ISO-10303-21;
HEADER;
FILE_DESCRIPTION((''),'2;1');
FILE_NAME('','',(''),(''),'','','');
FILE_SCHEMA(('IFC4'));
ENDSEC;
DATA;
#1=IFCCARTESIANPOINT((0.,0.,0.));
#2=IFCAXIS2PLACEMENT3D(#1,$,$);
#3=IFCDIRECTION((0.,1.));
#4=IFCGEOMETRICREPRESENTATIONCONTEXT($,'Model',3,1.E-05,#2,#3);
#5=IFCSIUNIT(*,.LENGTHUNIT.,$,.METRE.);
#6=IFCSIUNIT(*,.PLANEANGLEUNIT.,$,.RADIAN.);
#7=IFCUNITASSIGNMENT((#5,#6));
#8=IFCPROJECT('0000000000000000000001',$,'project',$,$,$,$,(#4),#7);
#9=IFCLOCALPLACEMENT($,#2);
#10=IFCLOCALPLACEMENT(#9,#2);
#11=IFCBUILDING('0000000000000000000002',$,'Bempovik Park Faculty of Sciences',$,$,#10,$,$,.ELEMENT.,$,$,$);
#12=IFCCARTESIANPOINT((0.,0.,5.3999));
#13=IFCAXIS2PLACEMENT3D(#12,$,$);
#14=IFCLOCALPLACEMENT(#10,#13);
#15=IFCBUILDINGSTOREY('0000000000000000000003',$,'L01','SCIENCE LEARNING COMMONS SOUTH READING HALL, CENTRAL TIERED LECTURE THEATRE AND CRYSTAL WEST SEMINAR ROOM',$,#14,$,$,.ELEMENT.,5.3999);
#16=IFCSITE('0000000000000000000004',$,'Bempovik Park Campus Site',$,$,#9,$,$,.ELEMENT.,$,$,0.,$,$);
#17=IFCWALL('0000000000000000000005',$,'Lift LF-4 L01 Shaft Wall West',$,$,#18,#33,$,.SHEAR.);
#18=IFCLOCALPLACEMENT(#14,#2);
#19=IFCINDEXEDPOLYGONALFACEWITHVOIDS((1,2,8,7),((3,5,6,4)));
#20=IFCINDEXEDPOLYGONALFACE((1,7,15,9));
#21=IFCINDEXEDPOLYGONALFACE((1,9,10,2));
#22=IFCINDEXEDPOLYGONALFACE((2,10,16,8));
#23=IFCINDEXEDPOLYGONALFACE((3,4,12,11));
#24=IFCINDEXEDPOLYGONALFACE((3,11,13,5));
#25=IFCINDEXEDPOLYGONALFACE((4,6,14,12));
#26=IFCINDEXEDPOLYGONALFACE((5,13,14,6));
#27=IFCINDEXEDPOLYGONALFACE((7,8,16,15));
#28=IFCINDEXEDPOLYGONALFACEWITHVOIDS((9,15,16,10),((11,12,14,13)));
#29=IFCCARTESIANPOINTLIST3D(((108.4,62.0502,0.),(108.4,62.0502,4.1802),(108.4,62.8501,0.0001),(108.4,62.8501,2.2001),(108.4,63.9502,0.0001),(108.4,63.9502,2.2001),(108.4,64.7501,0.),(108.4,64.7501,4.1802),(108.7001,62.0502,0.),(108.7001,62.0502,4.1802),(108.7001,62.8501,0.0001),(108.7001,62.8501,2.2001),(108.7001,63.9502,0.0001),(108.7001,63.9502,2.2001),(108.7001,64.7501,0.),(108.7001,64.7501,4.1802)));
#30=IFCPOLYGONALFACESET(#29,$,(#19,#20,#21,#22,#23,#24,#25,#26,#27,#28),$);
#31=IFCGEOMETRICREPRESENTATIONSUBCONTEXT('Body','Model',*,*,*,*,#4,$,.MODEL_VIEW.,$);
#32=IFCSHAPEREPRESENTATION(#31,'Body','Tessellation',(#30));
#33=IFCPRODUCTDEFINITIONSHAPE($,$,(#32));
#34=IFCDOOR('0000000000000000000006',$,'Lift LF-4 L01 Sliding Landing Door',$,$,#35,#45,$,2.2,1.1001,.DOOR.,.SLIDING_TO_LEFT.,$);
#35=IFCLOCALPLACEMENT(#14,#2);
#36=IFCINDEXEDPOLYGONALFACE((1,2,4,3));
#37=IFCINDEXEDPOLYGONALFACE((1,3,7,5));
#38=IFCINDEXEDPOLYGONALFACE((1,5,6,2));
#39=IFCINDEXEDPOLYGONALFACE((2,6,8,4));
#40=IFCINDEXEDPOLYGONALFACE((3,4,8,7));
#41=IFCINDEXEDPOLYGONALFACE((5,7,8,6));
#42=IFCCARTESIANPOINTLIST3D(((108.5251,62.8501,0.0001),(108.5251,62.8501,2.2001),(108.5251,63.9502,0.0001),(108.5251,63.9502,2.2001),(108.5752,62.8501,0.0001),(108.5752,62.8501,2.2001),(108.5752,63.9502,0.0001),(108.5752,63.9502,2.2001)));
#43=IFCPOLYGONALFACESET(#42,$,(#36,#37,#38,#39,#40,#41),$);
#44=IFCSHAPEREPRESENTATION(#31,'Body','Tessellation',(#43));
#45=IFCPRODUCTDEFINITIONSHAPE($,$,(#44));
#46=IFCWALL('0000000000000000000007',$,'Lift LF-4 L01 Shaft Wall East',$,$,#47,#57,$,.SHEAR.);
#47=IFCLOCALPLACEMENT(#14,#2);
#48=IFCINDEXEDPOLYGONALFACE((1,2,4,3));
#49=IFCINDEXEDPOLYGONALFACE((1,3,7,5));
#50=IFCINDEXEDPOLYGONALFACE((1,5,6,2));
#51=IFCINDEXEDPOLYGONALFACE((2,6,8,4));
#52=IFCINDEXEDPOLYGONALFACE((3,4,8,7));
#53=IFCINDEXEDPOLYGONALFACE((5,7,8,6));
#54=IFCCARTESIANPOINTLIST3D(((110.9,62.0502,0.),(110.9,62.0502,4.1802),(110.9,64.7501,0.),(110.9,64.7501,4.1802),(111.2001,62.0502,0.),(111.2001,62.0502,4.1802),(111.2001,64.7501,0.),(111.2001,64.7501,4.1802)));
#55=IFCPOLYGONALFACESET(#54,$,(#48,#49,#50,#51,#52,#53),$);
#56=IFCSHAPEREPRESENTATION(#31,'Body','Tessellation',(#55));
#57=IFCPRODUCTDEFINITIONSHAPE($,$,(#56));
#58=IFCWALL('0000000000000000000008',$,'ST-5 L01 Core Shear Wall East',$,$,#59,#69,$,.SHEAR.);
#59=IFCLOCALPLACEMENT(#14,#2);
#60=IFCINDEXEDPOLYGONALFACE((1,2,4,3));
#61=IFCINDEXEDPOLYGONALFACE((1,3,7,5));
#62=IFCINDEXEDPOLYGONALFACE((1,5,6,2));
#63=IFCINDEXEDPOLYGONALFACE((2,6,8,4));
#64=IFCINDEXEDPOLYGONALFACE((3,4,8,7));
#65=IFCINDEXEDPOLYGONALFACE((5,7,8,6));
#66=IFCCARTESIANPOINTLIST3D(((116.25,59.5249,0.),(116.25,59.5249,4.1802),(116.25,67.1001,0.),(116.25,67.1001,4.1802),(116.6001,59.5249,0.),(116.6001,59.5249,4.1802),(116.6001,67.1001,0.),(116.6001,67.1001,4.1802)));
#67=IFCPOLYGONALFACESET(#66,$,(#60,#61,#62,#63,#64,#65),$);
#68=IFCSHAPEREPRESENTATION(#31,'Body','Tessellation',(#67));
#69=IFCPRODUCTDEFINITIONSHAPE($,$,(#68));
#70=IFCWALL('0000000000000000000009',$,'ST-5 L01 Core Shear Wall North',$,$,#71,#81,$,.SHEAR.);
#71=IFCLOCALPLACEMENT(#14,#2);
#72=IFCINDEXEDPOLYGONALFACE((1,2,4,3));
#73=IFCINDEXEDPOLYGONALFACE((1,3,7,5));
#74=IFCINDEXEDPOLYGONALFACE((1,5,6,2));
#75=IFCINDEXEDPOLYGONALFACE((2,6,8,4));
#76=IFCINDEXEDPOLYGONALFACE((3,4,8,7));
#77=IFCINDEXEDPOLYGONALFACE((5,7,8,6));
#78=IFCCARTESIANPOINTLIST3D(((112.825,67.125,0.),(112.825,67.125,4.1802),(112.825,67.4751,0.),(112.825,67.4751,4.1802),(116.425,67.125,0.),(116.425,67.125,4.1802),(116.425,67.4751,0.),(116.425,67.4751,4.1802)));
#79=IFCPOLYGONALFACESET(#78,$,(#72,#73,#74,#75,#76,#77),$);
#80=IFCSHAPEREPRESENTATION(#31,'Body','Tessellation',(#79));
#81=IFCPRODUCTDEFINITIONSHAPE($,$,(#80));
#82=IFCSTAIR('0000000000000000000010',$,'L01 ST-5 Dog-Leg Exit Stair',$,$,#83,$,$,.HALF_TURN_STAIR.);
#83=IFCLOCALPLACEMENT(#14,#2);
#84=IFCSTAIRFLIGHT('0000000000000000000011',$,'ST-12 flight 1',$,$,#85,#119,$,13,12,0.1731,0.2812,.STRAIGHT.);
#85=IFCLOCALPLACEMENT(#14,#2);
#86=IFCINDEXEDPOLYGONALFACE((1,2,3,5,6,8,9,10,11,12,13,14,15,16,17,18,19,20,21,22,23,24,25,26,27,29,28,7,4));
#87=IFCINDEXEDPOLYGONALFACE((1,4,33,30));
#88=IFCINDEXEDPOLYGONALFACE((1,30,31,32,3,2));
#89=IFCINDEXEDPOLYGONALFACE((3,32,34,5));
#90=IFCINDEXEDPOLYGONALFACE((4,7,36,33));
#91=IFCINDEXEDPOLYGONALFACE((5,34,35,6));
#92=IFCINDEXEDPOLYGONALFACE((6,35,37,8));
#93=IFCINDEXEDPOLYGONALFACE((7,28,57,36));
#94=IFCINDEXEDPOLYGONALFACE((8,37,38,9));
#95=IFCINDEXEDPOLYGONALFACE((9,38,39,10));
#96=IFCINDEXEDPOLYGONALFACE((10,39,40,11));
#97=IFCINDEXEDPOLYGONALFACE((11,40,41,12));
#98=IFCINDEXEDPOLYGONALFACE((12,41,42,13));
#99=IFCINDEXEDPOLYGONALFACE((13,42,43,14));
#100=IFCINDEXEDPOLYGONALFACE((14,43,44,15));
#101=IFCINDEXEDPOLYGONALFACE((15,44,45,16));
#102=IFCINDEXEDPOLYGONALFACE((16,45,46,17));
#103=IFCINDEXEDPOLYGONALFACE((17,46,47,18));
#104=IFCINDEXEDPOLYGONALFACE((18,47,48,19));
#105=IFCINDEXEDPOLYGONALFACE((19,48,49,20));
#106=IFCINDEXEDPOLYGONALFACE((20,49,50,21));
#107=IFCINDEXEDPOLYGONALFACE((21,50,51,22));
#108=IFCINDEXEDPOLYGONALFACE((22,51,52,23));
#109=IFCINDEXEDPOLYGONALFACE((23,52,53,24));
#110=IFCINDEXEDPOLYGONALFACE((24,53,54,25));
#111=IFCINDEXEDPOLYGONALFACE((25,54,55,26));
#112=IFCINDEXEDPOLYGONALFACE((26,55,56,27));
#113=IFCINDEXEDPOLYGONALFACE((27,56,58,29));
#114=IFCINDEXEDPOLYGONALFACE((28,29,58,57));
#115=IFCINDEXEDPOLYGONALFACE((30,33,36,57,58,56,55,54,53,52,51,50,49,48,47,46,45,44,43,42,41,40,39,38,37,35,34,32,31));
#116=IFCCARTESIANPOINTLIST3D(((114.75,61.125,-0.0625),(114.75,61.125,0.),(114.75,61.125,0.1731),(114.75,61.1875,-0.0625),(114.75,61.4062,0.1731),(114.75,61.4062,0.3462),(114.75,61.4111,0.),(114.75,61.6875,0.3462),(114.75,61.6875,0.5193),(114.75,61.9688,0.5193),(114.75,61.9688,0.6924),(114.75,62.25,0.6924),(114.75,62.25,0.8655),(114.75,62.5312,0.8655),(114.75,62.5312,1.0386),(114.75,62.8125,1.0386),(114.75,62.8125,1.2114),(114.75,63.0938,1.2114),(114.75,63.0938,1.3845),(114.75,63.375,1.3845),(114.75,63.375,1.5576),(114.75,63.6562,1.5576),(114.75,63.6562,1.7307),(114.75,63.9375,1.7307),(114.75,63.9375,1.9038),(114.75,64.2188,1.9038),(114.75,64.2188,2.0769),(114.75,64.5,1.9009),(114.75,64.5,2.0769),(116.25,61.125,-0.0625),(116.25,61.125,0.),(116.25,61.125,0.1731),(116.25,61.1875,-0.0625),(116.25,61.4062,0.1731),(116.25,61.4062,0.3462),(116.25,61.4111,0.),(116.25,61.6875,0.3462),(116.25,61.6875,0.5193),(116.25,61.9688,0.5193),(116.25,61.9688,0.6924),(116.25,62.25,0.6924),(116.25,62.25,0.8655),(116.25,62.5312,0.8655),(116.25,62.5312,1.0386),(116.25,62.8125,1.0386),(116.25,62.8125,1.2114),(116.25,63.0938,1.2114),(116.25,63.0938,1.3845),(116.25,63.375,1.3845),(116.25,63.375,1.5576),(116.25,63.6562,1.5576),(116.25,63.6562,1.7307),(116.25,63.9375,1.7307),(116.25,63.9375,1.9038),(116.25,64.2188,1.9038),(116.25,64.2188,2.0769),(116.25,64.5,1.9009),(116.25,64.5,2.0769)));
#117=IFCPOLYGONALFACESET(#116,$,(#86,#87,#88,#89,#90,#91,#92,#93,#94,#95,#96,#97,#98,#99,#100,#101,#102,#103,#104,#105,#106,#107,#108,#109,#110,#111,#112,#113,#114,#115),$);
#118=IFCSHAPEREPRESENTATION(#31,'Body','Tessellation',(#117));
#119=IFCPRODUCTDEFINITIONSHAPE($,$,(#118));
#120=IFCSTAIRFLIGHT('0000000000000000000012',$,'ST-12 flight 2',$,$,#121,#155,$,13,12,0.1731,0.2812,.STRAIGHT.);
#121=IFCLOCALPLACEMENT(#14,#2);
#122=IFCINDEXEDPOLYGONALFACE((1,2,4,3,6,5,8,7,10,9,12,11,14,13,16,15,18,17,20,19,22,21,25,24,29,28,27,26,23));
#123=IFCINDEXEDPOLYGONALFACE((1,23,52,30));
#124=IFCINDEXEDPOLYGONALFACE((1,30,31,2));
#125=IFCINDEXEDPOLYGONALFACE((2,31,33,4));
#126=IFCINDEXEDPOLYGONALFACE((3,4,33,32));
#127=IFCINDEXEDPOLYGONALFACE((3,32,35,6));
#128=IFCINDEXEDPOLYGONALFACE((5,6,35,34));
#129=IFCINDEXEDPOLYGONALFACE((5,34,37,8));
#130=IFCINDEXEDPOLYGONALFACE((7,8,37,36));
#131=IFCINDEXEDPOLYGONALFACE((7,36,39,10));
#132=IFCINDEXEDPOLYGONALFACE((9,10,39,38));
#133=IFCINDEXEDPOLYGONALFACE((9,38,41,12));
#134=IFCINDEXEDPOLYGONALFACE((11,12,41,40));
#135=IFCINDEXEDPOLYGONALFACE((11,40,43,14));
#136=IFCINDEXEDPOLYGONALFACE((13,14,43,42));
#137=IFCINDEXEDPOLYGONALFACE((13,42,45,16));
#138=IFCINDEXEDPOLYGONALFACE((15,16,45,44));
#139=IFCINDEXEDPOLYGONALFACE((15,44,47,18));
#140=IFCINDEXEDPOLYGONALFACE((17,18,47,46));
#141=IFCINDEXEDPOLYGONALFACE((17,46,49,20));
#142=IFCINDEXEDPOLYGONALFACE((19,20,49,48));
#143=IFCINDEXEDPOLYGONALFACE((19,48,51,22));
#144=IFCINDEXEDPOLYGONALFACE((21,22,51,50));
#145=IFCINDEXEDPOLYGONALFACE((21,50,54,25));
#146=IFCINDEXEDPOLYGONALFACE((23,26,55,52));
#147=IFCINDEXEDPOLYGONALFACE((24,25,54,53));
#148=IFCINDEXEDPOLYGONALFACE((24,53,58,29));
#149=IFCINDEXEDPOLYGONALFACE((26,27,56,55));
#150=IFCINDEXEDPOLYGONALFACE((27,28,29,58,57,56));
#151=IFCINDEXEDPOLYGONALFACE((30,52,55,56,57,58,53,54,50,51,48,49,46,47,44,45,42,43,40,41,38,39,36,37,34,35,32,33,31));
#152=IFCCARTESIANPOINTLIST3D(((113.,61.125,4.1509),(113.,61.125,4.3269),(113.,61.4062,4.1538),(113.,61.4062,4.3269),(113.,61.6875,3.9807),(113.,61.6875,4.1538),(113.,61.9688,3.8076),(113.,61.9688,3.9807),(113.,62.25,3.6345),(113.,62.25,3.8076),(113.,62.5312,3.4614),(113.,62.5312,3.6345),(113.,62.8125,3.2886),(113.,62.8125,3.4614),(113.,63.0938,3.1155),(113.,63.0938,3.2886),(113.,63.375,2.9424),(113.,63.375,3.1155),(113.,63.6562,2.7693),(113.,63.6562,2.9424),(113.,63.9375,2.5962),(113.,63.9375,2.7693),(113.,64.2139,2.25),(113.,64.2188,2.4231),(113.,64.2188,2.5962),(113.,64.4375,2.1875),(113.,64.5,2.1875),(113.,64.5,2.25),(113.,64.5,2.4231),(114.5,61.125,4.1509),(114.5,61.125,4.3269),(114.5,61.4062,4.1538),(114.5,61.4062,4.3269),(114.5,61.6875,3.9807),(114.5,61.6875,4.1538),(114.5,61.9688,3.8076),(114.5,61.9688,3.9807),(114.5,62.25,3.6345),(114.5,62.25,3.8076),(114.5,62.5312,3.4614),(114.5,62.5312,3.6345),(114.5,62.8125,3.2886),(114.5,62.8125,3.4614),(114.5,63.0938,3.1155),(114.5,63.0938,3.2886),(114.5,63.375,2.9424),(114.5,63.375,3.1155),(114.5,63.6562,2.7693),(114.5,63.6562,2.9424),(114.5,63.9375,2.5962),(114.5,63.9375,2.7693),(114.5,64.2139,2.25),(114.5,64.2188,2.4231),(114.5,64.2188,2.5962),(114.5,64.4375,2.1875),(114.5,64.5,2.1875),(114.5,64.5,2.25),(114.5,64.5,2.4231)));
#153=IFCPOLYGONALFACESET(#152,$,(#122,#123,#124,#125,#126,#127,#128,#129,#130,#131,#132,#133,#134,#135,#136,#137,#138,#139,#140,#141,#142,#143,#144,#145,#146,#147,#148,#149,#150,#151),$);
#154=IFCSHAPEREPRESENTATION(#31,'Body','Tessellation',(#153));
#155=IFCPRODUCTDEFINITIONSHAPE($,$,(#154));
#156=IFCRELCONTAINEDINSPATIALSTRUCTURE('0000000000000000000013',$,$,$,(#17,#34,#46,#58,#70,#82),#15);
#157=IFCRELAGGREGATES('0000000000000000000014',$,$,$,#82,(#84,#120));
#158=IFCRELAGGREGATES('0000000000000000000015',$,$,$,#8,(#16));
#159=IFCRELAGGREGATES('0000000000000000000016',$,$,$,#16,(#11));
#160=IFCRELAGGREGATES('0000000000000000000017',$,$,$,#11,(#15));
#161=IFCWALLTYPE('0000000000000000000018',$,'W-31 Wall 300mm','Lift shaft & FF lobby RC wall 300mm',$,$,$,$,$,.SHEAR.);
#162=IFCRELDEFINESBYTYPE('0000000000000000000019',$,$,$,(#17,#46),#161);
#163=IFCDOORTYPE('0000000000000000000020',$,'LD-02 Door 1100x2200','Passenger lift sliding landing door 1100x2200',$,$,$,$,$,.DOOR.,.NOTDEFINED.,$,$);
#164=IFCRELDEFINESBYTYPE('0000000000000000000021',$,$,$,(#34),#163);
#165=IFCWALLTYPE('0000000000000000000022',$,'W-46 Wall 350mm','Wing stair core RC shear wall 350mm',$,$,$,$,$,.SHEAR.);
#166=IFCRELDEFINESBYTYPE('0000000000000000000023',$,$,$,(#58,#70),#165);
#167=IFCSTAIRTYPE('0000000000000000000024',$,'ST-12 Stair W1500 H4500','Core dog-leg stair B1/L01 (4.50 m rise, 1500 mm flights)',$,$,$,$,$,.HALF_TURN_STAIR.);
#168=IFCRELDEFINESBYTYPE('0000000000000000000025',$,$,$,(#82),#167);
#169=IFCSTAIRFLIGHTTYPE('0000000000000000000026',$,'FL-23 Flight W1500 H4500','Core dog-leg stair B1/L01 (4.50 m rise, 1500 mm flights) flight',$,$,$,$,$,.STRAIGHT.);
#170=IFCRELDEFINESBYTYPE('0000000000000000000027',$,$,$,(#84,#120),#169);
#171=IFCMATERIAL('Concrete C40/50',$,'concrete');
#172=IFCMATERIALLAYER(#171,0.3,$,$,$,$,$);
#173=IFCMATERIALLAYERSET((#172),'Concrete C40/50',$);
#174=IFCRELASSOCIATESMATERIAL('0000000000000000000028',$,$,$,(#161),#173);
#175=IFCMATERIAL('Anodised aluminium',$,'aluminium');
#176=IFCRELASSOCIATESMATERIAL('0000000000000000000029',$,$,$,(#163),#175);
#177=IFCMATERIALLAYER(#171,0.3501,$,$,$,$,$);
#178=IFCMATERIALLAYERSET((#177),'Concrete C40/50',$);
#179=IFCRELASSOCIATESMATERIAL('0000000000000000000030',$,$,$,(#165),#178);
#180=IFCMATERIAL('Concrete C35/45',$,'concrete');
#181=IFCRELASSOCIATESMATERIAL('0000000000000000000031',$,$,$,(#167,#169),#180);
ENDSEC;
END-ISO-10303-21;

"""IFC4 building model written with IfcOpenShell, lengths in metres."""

from ifc_helpers import new_model, si_unit, direction, frame, frame_2d, origin, place, context, subcontext, project, spatial, polyline, rectangle, outline, extrude, material, layer, layer_set, type_object, element, fill, aggregate, save


model = new_model("IFC4")

# Units and contexts
model_context = context("Model", 3, precision=1e-05, world=origin(), true_north=direction((0.0, 1.0)))
body_context = subcontext(model_context, "Body", "Model", "MODEL_VIEW")
ifc_project = project(units=[si_unit("LENGTHUNIT", "METRE"), si_unit("PLANEANGLEUNIT", "RADIAN")], contexts=[model_context])

# Site, building, storey
site_placement = place(None, origin())
site = spatial("IfcSite", under=ifc_project, at=site_placement, Name="Bempovik Park Campus Site", CompositionType="ELEMENT", RefElevation=0.0)
building_placement = place(site_placement, origin())
building = spatial("IfcBuilding", under=site, at=building_placement, Name="Bempovik Park Faculty of Sciences", CompositionType="ELEMENT")
storey_placement = place(building_placement, frame((0.0, 0.0, 5.3999)))
storey = spatial("IfcBuildingStorey", under=building, at=storey_placement, Name="L01", Description="SCIENCE LEARNING COMMONS SOUTH READING HALL, CENTRAL TIERED LECTURE THEATRE AND CRYSTAL WEST SEMINAR ROOM", CompositionType="ELEMENT", Elevation=5.3999)

# Shared definitions
ifc_material_1 = material(Name="Concrete C40/50", Category="concrete")

# Shared definitions
ifc_material_2 = material(Name="Concrete C35/45", Category="concrete")

# Shared definitions
ifc_layer_1 = layer(ifc_material_1, 0.3)
ifc_layer_set_1 = layer_set([ifc_layer_1], Name="Concrete C40/50")
wall_type_1 = type_object("IfcWallType", Name="W-31 Wall 300mm", Description="Lift shaft & FF lobby RC wall 300mm", PredefinedType="SHEAR", material=ifc_layer_set_1)

# Wall, opening, door
wall_1_placement = place(storey_placement, frame((108.55, 62.05, 0.0), z_axis=(0.0, 0.0, 1.0), x_axis=(0.0, 1.0, 0.0)))
wall_1 = element("IfcWall", 1, at=wall_1_placement, inside=storey, type_object=wall_type_1, Name="Lift LF-4 L01 Shaft Wall West", PredefinedType="SHEAR", context=body_context, shape_type="SweptSolid", body=[
    extrude(rectangle(XDim=2.7, YDim=0.3, at=frame_2d((1.3501, 0.0))), origin(), (0.0, 0.0, 1.0), 4.1802),
])
opening_placement = place(wall_1_placement, frame((0.8, 0.0, 0.0)))
opening = element("IfcOpeningElement", 2, at=opening_placement, cuts=wall_1, PredefinedType="OPENING", context=body_context, shape_type="SweptSolid", body=[
    extrude(rectangle(XDim=1.1001, YDim=2.2, at=frame_2d((0.55, 1.1001))), frame((0.0, 0.1602, 0.0), z_axis=(0.0, -1.0, 0.0), x_axis=(1.0, 0.0, 0.0)), (0.0, 0.0, 1.0), 0.3201),
])
ifc_material_3 = material(Name="Anodised aluminium", Category="aluminium")
door_type = type_object("IfcDoorType", Name="LD-02 Door 1100x2200", Description="Passenger lift sliding landing door 1100x2200", OperationType="NOTDEFINED", PredefinedType="DOOR", material=ifc_material_3)
door_placement = place(opening_placement, origin())
door = element("IfcDoor", 3, at=door_placement, inside=storey, type_object=door_type, Name="Lift LF-4 L01 Sliding Landing Door", OperationType="SLIDING_TO_LEFT", OverallHeight=2.2, OverallWidth=1.1001, PredefinedType="DOOR", context=body_context, shape_type="SweptSolid", body=[
    extrude(rectangle(XDim=1.1001, YDim=2.2, at=frame_2d((0.55, 1.1001))), frame((0.0, 0.0249, 0.0), z_axis=(0.0, -1.0, 0.0), x_axis=(1.0, 0.0, 0.0)), (0.0, 0.0, 1.0), 0.05),
])
fill(opening, door)

# Walls
wall_2_placement = place(storey_placement, frame((111.05, 62.05, 0.0), z_axis=(0.0, 0.0, 1.0), x_axis=(0.0, 1.0, 0.0)))
element("IfcWall", 4, at=wall_2_placement, inside=storey, type_object=wall_type_1, Name="Lift LF-4 L01 Shaft Wall East", PredefinedType="SHEAR", context=body_context, shape_type="SweptSolid", body=[
    extrude(rectangle(XDim=2.7, YDim=0.3, at=frame_2d((1.3501, 0.0))), origin(), (0.0, 0.0, 1.0), 4.1802),
])
ifc_layer_2 = layer(ifc_material_1, 0.3501)
ifc_layer_set_2 = layer_set([ifc_layer_2], Name="Concrete C40/50")
wall_type_2 = type_object("IfcWallType", Name="W-46 Wall 350mm", Description="Wing stair core RC shear wall 350mm", PredefinedType="SHEAR", material=ifc_layer_set_2)
wall_3_placement = place(storey_placement, frame((116.425, 59.5249, 0.0), z_axis=(0.0, 0.0, 1.0), x_axis=(0.0, 1.0, 0.0)))
element("IfcWall", 5, at=wall_3_placement, inside=storey, type_object=wall_type_2, Name="ST-5 L01 Core Shear Wall East", PredefinedType="SHEAR", context=body_context, shape_type="SweptSolid", body=[
    extrude(rectangle(XDim=7.5752, YDim=0.3501, at=frame_2d((3.7876, 0.0))), origin(), (0.0, 0.0, 1.0), 4.1802),
])
wall_4_placement = place(storey_placement, frame((112.825, 67.3, 0.0), z_axis=(0.0, 0.0, 1.0), x_axis=(1.0, 0.0, 0.0)))
element("IfcWall", 6, at=wall_4_placement, inside=storey, type_object=wall_type_2, Name="ST-5 L01 Core Shear Wall North", PredefinedType="SHEAR", context=body_context, shape_type="SweptSolid", body=[
    extrude(rectangle(XDim=3.6001, YDim=0.3501, at=frame_2d((1.8, 0.0))), origin(), (0.0, 0.0, 1.0), 4.1802),
])

# Stair, stair flights
stair_type = type_object("IfcStairType", Name="ST-12 Stair W1500 H4500", Description="Core dog-leg stair B1/L01 (4.50 m rise, 1500 mm flights)", PredefinedType="HALF_TURN_STAIR", material=ifc_material_2)
stair_placement = place(storey_placement, origin())
stair = element("IfcStair", 7, at=stair_placement, inside=storey, type_object=stair_type, Name="L01 ST-5 Dog-Leg Exit Stair", PredefinedType="HALF_TURN_STAIR")
stair_flight_type = type_object("IfcStairFlightType", Name="FL-23 Flight W1500 H4500", Description="Core dog-leg stair B1/L01 (4.50 m rise, 1500 mm flights) flight", PredefinedType="STRAIGHT", material=ifc_material_2)
stair_flight_1_placement = place(storey_placement, frame((115.5, 61.125, 0.0), z_axis=(0.0, 0.0, 1.0), x_axis=(0.0, 1.0, 0.0)))
stair_flight_1 = element("IfcStairFlight", 8, at=stair_flight_1_placement, type_object=stair_flight_type, Name="ST-12 flight 1", NumberOfRisers=13, NumberOfTreads=12, PredefinedType="STRAIGHT", RiserHeight=0.1731, TreadLength=0.2812, context=body_context, shape_type="SweptSolid", body=[
    extrude(outline(polyline([(0.0, 0.0), (0.0, 0.1731), (0.2812, 0.1731), (0.2812, 0.3462), (0.5625, 0.3462), (0.5625, 0.5193), (0.8438, 0.5193), (0.8438, 0.6924), (1.125, 0.6924), (1.125, 0.8655), (1.4062, 0.8655), (1.4062, 1.0386), (1.6875, 1.0386), (1.6875, 1.2114), (1.9688, 1.2114), (1.9688, 1.3845), (2.25, 1.3845), (2.25, 1.5576), (2.5312, 1.5576), (2.5312, 1.7307), (2.8125, 1.7307), (2.8125, 1.9038), (3.0938, 1.9038), (3.0938, 2.0769), (3.375, 2.0769), (3.375, 2.25), (3.375, 1.9009), (0.2861, 0.0), (0.0625, -0.0625), (0.0, -0.0625), (0.0, 0.0)])), frame((0.0, 0.75, 0.0), z_axis=(0.0, -1.0, 0.0), x_axis=(1.0, 0.0, 0.0)), (0.0, 0.0, 1.0), 1.5),
])
stair_flight_2_placement = place(storey_placement, frame((113.75, 64.5, 2.25), z_axis=(0.0, 0.0, 1.0), x_axis=(0.0, -1.0, 0.0)))
stair_flight_2 = element("IfcStairFlight", 9, at=stair_flight_2_placement, type_object=stair_flight_type, Name="ST-12 flight 2", NumberOfRisers=13, NumberOfTreads=12, PredefinedType="STRAIGHT", RiserHeight=0.1731, TreadLength=0.2812, context=body_context, shape_type="SweptSolid", body=[
    extrude(outline(polyline([(0.0, 0.0), (0.0, 0.1731), (0.2812, 0.1731), (0.2812, 0.3462), (0.5625, 0.3462), (0.5625, 0.5193), (0.8438, 0.5193), (0.8438, 0.6924), (1.125, 0.6924), (1.125, 0.8655), (1.4062, 0.8655), (1.4062, 1.0386), (1.6875, 1.0386), (1.6875, 1.2114), (1.9688, 1.2114), (1.9688, 1.3845), (2.25, 1.3845), (2.25, 1.5576), (2.5312, 1.5576), (2.5312, 1.7307), (2.8125, 1.7307), (2.8125, 1.9038), (3.0938, 1.9038), (3.0938, 2.0769), (3.375, 2.0769), (3.375, 2.25), (3.375, 1.9009), (0.2861, 0.0), (0.0625, -0.0625), (0.0, -0.0625), (0.0, 0.0)])), frame((0.0, 0.75, 0.0), z_axis=(0.0, -1.0, 0.0), x_axis=(1.0, 0.0, 0.0)), (0.0, 0.0, 1.0), 1.5),
])
aggregate(stair, [stair_flight_1, stair_flight_2])

save(model, "model.ifc")
